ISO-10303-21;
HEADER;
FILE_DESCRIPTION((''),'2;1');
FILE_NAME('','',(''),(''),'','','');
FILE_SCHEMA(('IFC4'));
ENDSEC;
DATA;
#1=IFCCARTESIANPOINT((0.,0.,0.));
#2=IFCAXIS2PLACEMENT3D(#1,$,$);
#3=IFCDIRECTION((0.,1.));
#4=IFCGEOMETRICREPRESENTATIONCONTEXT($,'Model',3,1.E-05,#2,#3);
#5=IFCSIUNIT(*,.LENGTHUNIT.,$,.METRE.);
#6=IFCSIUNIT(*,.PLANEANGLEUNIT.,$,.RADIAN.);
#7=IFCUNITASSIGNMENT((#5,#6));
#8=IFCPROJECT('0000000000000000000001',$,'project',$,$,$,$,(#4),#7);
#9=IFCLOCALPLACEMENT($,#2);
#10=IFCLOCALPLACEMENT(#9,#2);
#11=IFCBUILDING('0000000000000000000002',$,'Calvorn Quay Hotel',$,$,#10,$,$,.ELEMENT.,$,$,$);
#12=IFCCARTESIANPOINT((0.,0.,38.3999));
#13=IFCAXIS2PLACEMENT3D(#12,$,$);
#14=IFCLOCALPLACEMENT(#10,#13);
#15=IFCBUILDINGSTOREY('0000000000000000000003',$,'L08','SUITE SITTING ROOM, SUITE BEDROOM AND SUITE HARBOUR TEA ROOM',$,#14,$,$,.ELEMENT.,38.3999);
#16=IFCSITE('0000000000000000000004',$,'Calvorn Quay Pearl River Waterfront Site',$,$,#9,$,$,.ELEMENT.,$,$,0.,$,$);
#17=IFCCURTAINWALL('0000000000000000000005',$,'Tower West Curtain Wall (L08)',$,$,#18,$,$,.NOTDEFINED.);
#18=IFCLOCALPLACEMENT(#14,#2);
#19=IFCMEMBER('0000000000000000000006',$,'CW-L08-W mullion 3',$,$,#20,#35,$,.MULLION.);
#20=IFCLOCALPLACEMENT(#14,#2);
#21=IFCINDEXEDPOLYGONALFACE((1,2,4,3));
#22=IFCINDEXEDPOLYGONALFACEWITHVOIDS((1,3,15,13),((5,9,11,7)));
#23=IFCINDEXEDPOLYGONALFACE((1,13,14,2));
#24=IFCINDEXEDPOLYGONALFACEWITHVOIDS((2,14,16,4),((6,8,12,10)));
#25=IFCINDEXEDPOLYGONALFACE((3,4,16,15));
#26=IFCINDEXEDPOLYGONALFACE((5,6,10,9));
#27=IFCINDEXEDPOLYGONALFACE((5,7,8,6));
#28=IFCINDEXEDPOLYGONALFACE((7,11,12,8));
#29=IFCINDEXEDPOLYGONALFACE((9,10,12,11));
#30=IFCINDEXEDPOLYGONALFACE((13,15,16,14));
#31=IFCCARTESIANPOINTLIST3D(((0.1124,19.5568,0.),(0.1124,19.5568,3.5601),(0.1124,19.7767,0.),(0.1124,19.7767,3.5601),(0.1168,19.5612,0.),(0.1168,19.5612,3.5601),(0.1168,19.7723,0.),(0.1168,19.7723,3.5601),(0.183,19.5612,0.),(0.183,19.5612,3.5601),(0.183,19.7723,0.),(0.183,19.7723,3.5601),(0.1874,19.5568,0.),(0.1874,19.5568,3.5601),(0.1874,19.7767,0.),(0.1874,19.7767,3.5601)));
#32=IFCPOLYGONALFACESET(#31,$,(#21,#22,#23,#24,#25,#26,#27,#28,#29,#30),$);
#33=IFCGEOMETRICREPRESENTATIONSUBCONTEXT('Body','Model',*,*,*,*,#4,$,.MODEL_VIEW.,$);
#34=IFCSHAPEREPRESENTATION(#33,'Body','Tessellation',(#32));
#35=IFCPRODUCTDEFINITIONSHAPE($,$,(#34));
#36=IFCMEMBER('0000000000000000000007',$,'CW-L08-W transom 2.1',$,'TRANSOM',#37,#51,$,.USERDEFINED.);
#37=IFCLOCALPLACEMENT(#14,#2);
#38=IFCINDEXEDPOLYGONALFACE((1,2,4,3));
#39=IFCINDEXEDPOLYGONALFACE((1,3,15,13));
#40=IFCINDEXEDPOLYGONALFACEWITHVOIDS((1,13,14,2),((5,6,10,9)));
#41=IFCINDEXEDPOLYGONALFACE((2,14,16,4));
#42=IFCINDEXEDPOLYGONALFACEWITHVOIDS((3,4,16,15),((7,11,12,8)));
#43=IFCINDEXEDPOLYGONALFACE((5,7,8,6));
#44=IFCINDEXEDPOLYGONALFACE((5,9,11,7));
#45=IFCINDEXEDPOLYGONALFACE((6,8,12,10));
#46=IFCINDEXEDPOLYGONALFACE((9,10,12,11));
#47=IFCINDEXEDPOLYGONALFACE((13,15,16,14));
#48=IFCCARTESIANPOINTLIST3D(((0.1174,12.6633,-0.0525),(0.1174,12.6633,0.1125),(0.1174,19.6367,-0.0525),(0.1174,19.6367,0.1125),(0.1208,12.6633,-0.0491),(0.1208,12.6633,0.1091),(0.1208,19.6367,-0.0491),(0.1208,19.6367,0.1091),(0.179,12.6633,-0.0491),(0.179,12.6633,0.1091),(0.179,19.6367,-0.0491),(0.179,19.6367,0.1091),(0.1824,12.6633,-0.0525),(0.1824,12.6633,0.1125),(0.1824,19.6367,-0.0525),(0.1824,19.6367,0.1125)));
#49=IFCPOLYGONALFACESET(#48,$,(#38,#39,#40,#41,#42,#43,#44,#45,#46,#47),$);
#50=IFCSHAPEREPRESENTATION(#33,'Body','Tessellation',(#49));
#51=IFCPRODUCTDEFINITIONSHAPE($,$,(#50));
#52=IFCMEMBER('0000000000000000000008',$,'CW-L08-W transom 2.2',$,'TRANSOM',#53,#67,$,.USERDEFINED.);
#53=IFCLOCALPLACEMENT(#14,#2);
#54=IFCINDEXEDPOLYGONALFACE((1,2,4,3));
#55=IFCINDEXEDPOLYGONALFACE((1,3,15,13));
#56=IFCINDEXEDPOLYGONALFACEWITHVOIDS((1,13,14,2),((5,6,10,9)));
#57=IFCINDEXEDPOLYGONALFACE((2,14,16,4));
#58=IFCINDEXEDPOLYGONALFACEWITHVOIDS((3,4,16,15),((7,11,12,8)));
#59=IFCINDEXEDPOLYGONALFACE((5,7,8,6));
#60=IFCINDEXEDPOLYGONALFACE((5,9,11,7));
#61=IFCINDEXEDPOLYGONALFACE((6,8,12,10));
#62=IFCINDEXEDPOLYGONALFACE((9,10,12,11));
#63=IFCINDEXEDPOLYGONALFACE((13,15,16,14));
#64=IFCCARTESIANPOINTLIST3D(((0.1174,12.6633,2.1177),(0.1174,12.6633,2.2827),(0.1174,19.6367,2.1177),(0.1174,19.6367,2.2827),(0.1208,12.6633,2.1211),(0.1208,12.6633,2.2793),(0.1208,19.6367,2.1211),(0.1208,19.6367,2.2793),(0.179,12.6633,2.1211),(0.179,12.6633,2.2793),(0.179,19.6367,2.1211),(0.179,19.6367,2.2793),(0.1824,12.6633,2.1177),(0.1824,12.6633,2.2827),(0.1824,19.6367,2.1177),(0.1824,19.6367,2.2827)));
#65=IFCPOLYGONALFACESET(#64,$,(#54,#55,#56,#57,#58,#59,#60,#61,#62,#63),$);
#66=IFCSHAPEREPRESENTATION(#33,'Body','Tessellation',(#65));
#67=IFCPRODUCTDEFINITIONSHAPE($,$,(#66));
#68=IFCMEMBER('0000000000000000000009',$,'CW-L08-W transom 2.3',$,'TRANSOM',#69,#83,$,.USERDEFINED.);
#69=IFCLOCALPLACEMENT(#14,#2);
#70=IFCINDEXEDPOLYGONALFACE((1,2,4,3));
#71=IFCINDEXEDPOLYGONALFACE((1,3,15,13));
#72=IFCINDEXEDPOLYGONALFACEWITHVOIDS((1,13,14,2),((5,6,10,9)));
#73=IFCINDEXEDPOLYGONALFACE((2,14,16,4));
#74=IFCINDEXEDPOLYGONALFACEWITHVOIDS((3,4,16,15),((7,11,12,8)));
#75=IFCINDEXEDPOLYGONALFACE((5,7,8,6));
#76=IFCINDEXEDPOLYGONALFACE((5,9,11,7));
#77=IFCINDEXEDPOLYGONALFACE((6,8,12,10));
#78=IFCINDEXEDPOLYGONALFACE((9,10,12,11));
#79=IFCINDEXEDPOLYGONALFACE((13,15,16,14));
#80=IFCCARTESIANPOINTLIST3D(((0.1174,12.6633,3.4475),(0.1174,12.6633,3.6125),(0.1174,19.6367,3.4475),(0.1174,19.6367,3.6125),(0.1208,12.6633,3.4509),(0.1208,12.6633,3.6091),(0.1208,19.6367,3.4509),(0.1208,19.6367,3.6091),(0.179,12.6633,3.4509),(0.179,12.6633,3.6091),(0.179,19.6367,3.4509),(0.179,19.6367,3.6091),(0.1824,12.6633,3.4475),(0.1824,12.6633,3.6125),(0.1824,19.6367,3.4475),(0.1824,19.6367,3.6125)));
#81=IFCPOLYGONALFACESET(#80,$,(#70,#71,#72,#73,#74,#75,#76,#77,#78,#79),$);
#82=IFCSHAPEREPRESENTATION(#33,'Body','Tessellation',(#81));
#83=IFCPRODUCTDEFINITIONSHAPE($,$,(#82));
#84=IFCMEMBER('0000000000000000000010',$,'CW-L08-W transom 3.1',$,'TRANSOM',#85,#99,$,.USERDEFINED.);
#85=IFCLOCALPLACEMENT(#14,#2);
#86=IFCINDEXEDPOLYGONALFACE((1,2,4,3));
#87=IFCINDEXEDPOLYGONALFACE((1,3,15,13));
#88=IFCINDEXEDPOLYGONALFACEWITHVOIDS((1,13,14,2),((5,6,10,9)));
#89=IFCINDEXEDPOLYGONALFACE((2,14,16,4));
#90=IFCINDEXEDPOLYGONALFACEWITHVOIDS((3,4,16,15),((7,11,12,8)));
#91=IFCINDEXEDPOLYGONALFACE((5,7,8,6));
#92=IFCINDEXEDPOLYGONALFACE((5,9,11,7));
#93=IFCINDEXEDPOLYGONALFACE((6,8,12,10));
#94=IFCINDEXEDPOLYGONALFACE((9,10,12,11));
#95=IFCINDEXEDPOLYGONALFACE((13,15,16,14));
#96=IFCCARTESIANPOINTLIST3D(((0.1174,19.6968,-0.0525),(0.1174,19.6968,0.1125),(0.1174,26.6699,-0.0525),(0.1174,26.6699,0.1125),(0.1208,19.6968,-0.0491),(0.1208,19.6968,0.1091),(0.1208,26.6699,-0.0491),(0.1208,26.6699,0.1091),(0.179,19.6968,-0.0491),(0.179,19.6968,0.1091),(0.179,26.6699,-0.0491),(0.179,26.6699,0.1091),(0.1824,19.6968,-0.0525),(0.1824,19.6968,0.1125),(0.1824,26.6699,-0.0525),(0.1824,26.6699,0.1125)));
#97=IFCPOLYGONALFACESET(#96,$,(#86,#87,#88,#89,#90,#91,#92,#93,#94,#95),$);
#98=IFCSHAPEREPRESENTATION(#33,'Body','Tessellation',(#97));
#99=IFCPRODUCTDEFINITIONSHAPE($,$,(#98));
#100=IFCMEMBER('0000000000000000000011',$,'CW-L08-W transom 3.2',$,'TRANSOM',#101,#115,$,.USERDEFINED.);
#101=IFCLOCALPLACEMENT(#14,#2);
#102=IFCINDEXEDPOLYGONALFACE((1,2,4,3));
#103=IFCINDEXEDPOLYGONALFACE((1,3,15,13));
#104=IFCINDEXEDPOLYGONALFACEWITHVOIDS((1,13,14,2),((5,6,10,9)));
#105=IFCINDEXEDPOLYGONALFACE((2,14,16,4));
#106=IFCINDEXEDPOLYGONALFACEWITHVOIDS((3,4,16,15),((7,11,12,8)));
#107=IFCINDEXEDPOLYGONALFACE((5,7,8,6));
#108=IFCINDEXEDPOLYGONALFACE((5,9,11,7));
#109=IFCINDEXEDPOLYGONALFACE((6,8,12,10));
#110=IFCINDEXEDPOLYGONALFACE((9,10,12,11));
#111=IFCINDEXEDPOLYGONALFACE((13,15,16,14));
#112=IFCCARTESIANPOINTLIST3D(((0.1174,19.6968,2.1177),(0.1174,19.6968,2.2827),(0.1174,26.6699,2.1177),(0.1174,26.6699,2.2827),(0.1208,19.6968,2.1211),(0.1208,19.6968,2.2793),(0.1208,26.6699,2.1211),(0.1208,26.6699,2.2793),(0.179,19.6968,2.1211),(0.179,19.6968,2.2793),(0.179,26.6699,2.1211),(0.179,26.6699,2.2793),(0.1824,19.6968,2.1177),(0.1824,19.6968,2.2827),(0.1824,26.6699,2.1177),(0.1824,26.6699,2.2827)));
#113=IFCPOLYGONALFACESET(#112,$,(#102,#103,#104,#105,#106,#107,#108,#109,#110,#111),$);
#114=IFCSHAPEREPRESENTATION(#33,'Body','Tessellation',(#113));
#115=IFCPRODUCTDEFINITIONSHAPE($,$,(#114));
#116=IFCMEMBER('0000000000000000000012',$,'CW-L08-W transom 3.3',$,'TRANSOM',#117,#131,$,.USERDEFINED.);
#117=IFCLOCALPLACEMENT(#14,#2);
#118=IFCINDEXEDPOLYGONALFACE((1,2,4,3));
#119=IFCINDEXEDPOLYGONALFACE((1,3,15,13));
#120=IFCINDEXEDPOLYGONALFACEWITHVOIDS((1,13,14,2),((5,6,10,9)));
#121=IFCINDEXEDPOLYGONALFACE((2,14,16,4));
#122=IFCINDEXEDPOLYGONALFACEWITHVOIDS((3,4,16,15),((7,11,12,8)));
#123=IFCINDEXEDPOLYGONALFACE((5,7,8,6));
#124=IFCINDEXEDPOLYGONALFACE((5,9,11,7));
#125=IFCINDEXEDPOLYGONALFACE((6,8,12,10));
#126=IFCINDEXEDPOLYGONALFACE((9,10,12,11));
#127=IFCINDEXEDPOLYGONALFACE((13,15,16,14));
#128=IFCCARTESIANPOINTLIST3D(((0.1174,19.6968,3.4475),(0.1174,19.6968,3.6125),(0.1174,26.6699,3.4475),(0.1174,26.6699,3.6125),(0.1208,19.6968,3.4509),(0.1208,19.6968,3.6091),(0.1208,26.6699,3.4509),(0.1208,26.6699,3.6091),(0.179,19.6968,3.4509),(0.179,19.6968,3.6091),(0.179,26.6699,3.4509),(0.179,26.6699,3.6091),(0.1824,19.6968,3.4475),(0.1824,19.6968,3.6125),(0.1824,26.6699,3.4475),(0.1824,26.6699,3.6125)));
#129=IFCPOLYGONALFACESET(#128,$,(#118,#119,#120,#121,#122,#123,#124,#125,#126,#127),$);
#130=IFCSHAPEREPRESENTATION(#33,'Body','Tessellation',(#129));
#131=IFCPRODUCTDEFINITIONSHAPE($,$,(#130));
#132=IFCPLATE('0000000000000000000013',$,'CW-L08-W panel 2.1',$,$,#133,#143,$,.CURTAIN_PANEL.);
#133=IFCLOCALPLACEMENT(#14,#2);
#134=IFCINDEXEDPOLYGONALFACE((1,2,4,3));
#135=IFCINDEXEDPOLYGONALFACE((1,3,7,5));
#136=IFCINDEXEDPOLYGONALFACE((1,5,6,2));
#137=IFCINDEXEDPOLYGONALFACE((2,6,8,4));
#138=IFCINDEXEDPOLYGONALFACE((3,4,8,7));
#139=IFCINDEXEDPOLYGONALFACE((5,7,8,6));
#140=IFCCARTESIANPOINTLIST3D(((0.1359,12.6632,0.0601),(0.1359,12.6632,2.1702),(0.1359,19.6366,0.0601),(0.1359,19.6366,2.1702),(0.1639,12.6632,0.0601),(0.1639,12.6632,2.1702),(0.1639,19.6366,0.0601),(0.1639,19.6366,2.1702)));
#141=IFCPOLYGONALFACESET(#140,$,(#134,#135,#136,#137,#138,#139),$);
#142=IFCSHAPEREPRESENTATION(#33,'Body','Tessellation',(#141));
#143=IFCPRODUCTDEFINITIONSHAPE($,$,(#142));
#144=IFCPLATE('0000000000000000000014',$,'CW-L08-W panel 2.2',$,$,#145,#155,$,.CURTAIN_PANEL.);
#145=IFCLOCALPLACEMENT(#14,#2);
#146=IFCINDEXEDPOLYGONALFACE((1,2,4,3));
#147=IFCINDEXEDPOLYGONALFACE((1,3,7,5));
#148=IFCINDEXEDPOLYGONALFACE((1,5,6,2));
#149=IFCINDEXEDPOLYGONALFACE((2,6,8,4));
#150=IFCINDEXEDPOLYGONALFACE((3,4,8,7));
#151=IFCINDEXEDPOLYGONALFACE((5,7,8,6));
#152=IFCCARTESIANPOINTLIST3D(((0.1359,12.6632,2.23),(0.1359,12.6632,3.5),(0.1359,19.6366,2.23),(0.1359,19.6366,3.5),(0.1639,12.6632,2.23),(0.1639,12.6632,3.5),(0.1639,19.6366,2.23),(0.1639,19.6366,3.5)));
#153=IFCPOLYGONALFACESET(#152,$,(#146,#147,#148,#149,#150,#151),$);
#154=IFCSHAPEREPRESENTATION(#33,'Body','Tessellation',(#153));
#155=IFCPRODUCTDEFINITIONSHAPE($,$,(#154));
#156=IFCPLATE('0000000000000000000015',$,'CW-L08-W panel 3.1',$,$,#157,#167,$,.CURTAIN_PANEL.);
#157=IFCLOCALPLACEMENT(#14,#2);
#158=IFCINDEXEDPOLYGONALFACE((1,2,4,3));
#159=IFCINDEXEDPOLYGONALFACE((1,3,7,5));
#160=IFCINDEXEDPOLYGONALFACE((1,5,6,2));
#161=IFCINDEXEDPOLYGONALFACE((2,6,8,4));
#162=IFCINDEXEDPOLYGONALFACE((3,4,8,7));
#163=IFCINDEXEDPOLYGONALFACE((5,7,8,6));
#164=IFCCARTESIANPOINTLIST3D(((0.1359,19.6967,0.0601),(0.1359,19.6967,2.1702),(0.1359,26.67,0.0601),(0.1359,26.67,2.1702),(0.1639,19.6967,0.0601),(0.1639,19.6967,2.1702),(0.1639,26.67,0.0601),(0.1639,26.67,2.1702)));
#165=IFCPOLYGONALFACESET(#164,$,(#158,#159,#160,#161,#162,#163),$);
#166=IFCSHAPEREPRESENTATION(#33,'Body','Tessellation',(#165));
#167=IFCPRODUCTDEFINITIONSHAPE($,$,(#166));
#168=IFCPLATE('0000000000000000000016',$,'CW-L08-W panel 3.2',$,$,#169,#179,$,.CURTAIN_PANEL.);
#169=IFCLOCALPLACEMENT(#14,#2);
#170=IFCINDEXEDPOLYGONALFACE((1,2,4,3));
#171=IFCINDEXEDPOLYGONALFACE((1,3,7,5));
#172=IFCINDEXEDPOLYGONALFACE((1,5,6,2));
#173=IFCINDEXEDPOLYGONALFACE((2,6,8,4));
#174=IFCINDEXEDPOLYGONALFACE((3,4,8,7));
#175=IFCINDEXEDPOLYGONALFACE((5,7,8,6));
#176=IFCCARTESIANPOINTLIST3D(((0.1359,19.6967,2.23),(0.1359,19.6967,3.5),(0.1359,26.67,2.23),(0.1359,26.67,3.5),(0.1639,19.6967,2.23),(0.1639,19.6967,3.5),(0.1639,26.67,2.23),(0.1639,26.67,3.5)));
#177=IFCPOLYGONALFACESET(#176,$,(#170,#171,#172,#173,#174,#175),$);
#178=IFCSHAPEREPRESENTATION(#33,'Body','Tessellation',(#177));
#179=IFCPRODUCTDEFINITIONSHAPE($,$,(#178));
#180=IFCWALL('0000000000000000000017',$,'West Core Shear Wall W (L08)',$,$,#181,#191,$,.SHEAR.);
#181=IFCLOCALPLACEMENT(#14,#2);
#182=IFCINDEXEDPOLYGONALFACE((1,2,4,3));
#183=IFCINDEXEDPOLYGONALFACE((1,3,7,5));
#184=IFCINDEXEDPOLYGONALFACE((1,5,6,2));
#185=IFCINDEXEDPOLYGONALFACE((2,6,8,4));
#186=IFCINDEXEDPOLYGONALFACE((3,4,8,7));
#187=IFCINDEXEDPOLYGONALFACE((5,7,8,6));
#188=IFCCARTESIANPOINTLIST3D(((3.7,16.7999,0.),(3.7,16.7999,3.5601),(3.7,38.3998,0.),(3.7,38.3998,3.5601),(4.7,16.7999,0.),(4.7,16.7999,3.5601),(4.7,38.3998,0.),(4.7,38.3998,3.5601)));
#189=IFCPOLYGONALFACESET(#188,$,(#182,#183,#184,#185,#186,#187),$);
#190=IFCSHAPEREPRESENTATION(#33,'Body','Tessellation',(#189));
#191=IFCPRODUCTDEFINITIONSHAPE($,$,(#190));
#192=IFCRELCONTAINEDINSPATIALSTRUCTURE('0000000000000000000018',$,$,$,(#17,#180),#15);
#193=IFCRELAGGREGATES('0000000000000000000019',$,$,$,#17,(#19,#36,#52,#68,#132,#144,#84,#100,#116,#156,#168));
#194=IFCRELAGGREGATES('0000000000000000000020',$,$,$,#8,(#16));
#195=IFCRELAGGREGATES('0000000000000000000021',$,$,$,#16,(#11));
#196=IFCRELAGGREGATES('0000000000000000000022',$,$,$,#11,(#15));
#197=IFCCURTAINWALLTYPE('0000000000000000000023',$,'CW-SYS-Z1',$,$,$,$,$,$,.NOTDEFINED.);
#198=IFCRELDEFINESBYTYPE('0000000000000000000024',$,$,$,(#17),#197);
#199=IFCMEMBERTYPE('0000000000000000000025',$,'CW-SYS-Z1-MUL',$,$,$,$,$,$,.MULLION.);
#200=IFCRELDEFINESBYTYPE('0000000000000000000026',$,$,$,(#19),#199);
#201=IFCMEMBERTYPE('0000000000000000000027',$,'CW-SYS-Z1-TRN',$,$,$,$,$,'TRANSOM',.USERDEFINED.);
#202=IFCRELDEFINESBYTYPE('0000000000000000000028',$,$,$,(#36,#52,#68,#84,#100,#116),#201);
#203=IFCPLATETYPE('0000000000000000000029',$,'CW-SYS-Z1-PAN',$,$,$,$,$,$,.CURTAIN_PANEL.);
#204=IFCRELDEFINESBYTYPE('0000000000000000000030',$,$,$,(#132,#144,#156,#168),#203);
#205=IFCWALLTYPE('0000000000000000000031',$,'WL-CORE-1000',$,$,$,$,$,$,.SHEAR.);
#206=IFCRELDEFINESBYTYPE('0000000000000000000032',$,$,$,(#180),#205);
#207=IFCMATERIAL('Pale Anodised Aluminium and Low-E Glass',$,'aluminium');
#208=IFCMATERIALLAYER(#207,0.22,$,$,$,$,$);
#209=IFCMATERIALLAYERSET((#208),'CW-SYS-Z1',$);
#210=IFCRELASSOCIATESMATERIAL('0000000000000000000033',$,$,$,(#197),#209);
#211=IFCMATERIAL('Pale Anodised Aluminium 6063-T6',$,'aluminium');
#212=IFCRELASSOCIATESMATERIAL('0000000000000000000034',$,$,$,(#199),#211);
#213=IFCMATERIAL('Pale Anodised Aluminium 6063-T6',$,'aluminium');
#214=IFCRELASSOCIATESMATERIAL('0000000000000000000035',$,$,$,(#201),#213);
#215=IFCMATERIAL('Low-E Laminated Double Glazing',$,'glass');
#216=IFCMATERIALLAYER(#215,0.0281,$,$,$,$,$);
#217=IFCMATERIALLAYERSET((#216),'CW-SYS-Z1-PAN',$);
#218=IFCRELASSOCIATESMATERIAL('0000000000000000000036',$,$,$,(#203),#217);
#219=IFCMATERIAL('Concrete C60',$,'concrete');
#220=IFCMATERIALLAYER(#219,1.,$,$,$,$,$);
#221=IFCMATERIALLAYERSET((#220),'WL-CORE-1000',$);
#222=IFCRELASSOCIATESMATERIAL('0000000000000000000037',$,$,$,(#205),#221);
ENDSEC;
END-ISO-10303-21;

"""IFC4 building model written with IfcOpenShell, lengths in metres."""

from ifc_helpers import new_model, si_unit, direction, frame, frame_2d, origin, origin_2d, place, context, subcontext, project, spatial, rectangle, hollow_rectangle, extrude, material, layer, layer_set, material_profile, profile_set, type_object, element, aggregate, save


model = new_model("IFC4")

# Units and contexts
model_context = context("Model", 3, precision=1e-05, world=origin(), true_north=direction((0.0, 1.0)))
body_context = subcontext(model_context, "Body", "Model", "MODEL_VIEW")
ifc_project = project(units=[si_unit("LENGTHUNIT", "METRE"), si_unit("PLANEANGLEUNIT", "RADIAN")], contexts=[model_context])

# Site, building, storey
site_placement = place(None, origin())
site = spatial("IfcSite", under=ifc_project, at=site_placement, Name="Calvorn Quay Pearl River Waterfront Site", CompositionType="ELEMENT", RefElevation=0.0)
building_placement = place(site_placement, origin())
building = spatial("IfcBuilding", under=site, at=building_placement, Name="Calvorn Quay Hotel", CompositionType="ELEMENT")
storey_placement = place(building_placement, frame((0.0, 0.0, 38.3999)))
storey = spatial("IfcBuildingStorey", under=building, at=storey_placement, Name="L08", Description="SUITE SITTING ROOM, SUITE BEDROOM AND SUITE HARBOUR TEA ROOM", CompositionType="ELEMENT", Elevation=38.3999)

# Curtain wall, members, plates
ifc_material_1 = material(Name="Pale Anodised Aluminium and Low-E Glass", Category="aluminium")
ifc_layer_1 = layer(ifc_material_1, 0.22)
ifc_layer_set_1 = layer_set([ifc_layer_1], Name="CW-SYS-Z1")
curtain_wall_type = type_object("IfcCurtainWallType", Name="CW-SYS-Z1", PredefinedType="NOTDEFINED", material=ifc_layer_set_1)
curtain_wall_placement = place(storey_placement, origin())
curtain_wall = element("IfcCurtainWall", 1, at=curtain_wall_placement, inside=storey, type_object=curtain_wall_type, Name="Tower West Curtain Wall (L08)", PredefinedType="NOTDEFINED")
ifc_material_2 = material(Name="Pale Anodised Aluminium 6063-T6", Category="aluminium")
ifc_material_profile_1 = material_profile(ifc_material_2, hollow_rectangle(XDim=0.075, YDim=0.22, WallThickness=0.0044, at=origin_2d()), Name="ALU-M220x75x4.5")
ifc_profile_set_1 = profile_set([ifc_material_profile_1], Name="Pale Anodised Aluminium 6063-T6")
member_type_1 = type_object("IfcMemberType", Name="CW-SYS-Z1-MUL", PredefinedType="MULLION", material=ifc_profile_set_1)
member_1_placement = place(storey_placement, frame((0.1499, 19.6667, 0.0), z_axis=(0.0, 0.0, 1.0), x_axis=(-1.0, 0.0, 0.0)))
member_1 = element("IfcMember", 2, at=member_1_placement, type_object=member_type_1, Name="CW-L08-W mullion 3", PredefinedType="MULLION", context=body_context, shape_type="SweptSolid", body=[
    extrude(hollow_rectangle(XDim=0.075, YDim=0.22, WallThickness=0.0044, at=origin_2d()), origin(), (0.0, 0.0, 1.0), 3.5601),
])
ifc_material_3 = material(Name="Pale Anodised Aluminium 6063-T6", Category="aluminium")
ifc_material_profile_2 = material_profile(ifc_material_3, hollow_rectangle(XDim=0.0649, YDim=0.165, WallThickness=0.0034, at=origin_2d()), Name="ALU-T165x65x3.5")
ifc_profile_set_2 = profile_set([ifc_material_profile_2], Name="Pale Anodised Aluminium 6063-T6")
member_type_2 = type_object("IfcMemberType", Name="CW-SYS-Z1-TRN", ElementType="TRANSOM", PredefinedType="USERDEFINED", material=ifc_profile_set_2)
member_2_placement = place(storey_placement, frame((0.1499, 12.6633, 0.03), z_axis=(0.0, 1.0, 0.0), x_axis=(-1.0, 0.0, 0.0)))
member_2 = element("IfcMember", 3, at=member_2_placement, type_object=member_type_2, Name="CW-L08-W transom 2.1", ObjectType="TRANSOM", PredefinedType="USERDEFINED", context=body_context, shape_type="SweptSolid", body=[
    extrude(hollow_rectangle(XDim=0.0649, YDim=0.165, WallThickness=0.0034, at=origin_2d()), origin(), (0.0, 0.0, 1.0), 6.9734),
])
member_3_placement = place(storey_placement, frame((0.1499, 12.6633, 2.2002), z_axis=(0.0, 1.0, 0.0), x_axis=(-1.0, 0.0, 0.0)))
member_3 = element("IfcMember", 4, at=member_3_placement, type_object=member_type_2, Name="CW-L08-W transom 2.2", ObjectType="TRANSOM", PredefinedType="USERDEFINED", context=body_context, shape_type="SweptSolid", body=[
    extrude(hollow_rectangle(XDim=0.0649, YDim=0.165, WallThickness=0.0034, at=origin_2d()), origin(), (0.0, 0.0, 1.0), 6.9734),
])
member_4_placement = place(storey_placement, frame((0.1499, 12.6633, 3.53), z_axis=(0.0, 1.0, 0.0), x_axis=(-1.0, 0.0, 0.0)))
member_4 = element("IfcMember", 5, at=member_4_placement, type_object=member_type_2, Name="CW-L08-W transom 2.3", ObjectType="TRANSOM", PredefinedType="USERDEFINED", context=body_context, shape_type="SweptSolid", body=[
    extrude(hollow_rectangle(XDim=0.0649, YDim=0.165, WallThickness=0.0034, at=origin_2d()), origin(), (0.0, 0.0, 1.0), 6.9734),
])
member_5_placement = place(storey_placement, frame((0.1499, 19.6968, 0.03), z_axis=(0.0, 1.0, 0.0), x_axis=(-1.0, 0.0, 0.0)))
member_5 = element("IfcMember", 6, at=member_5_placement, type_object=member_type_2, Name="CW-L08-W transom 3.1", ObjectType="TRANSOM", PredefinedType="USERDEFINED", context=body_context, shape_type="SweptSolid", body=[
    extrude(hollow_rectangle(XDim=0.0649, YDim=0.165, WallThickness=0.0034, at=origin_2d()), origin(), (0.0, 0.0, 1.0), 6.9731),
])
member_6_placement = place(storey_placement, frame((0.1499, 19.6968, 2.2002), z_axis=(0.0, 1.0, 0.0), x_axis=(-1.0, 0.0, 0.0)))
member_6 = element("IfcMember", 7, at=member_6_placement, type_object=member_type_2, Name="CW-L08-W transom 3.2", ObjectType="TRANSOM", PredefinedType="USERDEFINED", context=body_context, shape_type="SweptSolid", body=[
    extrude(hollow_rectangle(XDim=0.0649, YDim=0.165, WallThickness=0.0034, at=origin_2d()), origin(), (0.0, 0.0, 1.0), 6.9731),
])
member_7_placement = place(storey_placement, frame((0.1499, 19.6968, 3.53), z_axis=(0.0, 1.0, 0.0), x_axis=(-1.0, 0.0, 0.0)))
member_7 = element("IfcMember", 8, at=member_7_placement, type_object=member_type_2, Name="CW-L08-W transom 3.3", ObjectType="TRANSOM", PredefinedType="USERDEFINED", context=body_context, shape_type="SweptSolid", body=[
    extrude(hollow_rectangle(XDim=0.0649, YDim=0.165, WallThickness=0.0034, at=origin_2d()), origin(), (0.0, 0.0, 1.0), 6.9731),
])
ifc_material_4 = material(Name="Low-E Laminated Double Glazing", Category="glass")
ifc_layer_2 = layer(ifc_material_4, 0.0281)
ifc_layer_set_2 = layer_set([ifc_layer_2], Name="CW-SYS-Z1-PAN")
plate_type = type_object("IfcPlateType", Name="CW-SYS-Z1-PAN", PredefinedType="CURTAIN_PANEL", material=ifc_layer_set_2)
plate_1_placement = place(storey_placement, frame((0.1499, 16.1499, 0.0601), z_axis=(0.0, 0.0, 1.0), x_axis=(0.0, 1.0, 0.0)))
plate_1 = element("IfcPlate", 9, at=plate_1_placement, type_object=plate_type, Name="CW-L08-W panel 2.1", PredefinedType="CURTAIN_PANEL", context=body_context, shape_type="SweptSolid", body=[
    extrude(rectangle(XDim=6.9734, YDim=0.0281, at=origin_2d()), origin(), (0.0, 0.0, 1.0), 2.1101),
])
plate_2_placement = place(storey_placement, frame((0.1499, 16.1499, 2.23), z_axis=(0.0, 0.0, 1.0), x_axis=(0.0, 1.0, 0.0)))
plate_2 = element("IfcPlate", 10, at=plate_2_placement, type_object=plate_type, Name="CW-L08-W panel 2.2", PredefinedType="CURTAIN_PANEL", context=body_context, shape_type="SweptSolid", body=[
    extrude(rectangle(XDim=6.9734, YDim=0.0281, at=origin_2d()), origin(), (0.0, 0.0, 1.0), 1.27),
])
plate_3_placement = place(storey_placement, frame((0.1499, 23.1833, 0.0601), z_axis=(0.0, 0.0, 1.0), x_axis=(0.0, 1.0, 0.0)))
plate_3 = element("IfcPlate", 11, at=plate_3_placement, type_object=plate_type, Name="CW-L08-W panel 3.1", PredefinedType="CURTAIN_PANEL", context=body_context, shape_type="SweptSolid", body=[
    extrude(rectangle(XDim=6.9734, YDim=0.0281, at=origin_2d()), origin(), (0.0, 0.0, 1.0), 2.1101),
])
plate_4_placement = place(storey_placement, frame((0.1499, 23.1833, 2.23), z_axis=(0.0, 0.0, 1.0), x_axis=(0.0, 1.0, 0.0)))
plate_4 = element("IfcPlate", 12, at=plate_4_placement, type_object=plate_type, Name="CW-L08-W panel 3.2", PredefinedType="CURTAIN_PANEL", context=body_context, shape_type="SweptSolid", body=[
    extrude(rectangle(XDim=6.9734, YDim=0.0281, at=origin_2d()), origin(), (0.0, 0.0, 1.0), 1.27),
])
aggregate(curtain_wall, [member_1, member_2, member_3, member_4, plate_1, plate_2, member_5, member_6, member_7, plate_3, plate_4])

# Wall
ifc_material_5 = material(Name="Concrete C60", Category="concrete")
ifc_layer_3 = layer(ifc_material_5, 1.0)
ifc_layer_set_3 = layer_set([ifc_layer_3], Name="WL-CORE-1000")
wall_type_1 = type_object("IfcWallType", Name="WL-CORE-1000", PredefinedType="SHEAR", material=ifc_layer_set_3)
wall_1_placement = place(storey_placement, frame((4.2, 16.8, 0.0), z_axis=(0.0, 0.0, 1.0), x_axis=(0.0, 1.0, 0.0)))
element("IfcWall", 13, at=wall_1_placement, inside=storey, type_object=wall_type_1, Name="West Core Shear Wall W (L08)", PredefinedType="SHEAR", context=body_context, shape_type="SweptSolid", body=[
    extrude(rectangle(XDim=21.5999, YDim=1.0, at=frame_2d((10.7998, 0.0))), origin(), (0.0, 0.0, 1.0), 3.5601),
])

save(model, "model.ifc")
